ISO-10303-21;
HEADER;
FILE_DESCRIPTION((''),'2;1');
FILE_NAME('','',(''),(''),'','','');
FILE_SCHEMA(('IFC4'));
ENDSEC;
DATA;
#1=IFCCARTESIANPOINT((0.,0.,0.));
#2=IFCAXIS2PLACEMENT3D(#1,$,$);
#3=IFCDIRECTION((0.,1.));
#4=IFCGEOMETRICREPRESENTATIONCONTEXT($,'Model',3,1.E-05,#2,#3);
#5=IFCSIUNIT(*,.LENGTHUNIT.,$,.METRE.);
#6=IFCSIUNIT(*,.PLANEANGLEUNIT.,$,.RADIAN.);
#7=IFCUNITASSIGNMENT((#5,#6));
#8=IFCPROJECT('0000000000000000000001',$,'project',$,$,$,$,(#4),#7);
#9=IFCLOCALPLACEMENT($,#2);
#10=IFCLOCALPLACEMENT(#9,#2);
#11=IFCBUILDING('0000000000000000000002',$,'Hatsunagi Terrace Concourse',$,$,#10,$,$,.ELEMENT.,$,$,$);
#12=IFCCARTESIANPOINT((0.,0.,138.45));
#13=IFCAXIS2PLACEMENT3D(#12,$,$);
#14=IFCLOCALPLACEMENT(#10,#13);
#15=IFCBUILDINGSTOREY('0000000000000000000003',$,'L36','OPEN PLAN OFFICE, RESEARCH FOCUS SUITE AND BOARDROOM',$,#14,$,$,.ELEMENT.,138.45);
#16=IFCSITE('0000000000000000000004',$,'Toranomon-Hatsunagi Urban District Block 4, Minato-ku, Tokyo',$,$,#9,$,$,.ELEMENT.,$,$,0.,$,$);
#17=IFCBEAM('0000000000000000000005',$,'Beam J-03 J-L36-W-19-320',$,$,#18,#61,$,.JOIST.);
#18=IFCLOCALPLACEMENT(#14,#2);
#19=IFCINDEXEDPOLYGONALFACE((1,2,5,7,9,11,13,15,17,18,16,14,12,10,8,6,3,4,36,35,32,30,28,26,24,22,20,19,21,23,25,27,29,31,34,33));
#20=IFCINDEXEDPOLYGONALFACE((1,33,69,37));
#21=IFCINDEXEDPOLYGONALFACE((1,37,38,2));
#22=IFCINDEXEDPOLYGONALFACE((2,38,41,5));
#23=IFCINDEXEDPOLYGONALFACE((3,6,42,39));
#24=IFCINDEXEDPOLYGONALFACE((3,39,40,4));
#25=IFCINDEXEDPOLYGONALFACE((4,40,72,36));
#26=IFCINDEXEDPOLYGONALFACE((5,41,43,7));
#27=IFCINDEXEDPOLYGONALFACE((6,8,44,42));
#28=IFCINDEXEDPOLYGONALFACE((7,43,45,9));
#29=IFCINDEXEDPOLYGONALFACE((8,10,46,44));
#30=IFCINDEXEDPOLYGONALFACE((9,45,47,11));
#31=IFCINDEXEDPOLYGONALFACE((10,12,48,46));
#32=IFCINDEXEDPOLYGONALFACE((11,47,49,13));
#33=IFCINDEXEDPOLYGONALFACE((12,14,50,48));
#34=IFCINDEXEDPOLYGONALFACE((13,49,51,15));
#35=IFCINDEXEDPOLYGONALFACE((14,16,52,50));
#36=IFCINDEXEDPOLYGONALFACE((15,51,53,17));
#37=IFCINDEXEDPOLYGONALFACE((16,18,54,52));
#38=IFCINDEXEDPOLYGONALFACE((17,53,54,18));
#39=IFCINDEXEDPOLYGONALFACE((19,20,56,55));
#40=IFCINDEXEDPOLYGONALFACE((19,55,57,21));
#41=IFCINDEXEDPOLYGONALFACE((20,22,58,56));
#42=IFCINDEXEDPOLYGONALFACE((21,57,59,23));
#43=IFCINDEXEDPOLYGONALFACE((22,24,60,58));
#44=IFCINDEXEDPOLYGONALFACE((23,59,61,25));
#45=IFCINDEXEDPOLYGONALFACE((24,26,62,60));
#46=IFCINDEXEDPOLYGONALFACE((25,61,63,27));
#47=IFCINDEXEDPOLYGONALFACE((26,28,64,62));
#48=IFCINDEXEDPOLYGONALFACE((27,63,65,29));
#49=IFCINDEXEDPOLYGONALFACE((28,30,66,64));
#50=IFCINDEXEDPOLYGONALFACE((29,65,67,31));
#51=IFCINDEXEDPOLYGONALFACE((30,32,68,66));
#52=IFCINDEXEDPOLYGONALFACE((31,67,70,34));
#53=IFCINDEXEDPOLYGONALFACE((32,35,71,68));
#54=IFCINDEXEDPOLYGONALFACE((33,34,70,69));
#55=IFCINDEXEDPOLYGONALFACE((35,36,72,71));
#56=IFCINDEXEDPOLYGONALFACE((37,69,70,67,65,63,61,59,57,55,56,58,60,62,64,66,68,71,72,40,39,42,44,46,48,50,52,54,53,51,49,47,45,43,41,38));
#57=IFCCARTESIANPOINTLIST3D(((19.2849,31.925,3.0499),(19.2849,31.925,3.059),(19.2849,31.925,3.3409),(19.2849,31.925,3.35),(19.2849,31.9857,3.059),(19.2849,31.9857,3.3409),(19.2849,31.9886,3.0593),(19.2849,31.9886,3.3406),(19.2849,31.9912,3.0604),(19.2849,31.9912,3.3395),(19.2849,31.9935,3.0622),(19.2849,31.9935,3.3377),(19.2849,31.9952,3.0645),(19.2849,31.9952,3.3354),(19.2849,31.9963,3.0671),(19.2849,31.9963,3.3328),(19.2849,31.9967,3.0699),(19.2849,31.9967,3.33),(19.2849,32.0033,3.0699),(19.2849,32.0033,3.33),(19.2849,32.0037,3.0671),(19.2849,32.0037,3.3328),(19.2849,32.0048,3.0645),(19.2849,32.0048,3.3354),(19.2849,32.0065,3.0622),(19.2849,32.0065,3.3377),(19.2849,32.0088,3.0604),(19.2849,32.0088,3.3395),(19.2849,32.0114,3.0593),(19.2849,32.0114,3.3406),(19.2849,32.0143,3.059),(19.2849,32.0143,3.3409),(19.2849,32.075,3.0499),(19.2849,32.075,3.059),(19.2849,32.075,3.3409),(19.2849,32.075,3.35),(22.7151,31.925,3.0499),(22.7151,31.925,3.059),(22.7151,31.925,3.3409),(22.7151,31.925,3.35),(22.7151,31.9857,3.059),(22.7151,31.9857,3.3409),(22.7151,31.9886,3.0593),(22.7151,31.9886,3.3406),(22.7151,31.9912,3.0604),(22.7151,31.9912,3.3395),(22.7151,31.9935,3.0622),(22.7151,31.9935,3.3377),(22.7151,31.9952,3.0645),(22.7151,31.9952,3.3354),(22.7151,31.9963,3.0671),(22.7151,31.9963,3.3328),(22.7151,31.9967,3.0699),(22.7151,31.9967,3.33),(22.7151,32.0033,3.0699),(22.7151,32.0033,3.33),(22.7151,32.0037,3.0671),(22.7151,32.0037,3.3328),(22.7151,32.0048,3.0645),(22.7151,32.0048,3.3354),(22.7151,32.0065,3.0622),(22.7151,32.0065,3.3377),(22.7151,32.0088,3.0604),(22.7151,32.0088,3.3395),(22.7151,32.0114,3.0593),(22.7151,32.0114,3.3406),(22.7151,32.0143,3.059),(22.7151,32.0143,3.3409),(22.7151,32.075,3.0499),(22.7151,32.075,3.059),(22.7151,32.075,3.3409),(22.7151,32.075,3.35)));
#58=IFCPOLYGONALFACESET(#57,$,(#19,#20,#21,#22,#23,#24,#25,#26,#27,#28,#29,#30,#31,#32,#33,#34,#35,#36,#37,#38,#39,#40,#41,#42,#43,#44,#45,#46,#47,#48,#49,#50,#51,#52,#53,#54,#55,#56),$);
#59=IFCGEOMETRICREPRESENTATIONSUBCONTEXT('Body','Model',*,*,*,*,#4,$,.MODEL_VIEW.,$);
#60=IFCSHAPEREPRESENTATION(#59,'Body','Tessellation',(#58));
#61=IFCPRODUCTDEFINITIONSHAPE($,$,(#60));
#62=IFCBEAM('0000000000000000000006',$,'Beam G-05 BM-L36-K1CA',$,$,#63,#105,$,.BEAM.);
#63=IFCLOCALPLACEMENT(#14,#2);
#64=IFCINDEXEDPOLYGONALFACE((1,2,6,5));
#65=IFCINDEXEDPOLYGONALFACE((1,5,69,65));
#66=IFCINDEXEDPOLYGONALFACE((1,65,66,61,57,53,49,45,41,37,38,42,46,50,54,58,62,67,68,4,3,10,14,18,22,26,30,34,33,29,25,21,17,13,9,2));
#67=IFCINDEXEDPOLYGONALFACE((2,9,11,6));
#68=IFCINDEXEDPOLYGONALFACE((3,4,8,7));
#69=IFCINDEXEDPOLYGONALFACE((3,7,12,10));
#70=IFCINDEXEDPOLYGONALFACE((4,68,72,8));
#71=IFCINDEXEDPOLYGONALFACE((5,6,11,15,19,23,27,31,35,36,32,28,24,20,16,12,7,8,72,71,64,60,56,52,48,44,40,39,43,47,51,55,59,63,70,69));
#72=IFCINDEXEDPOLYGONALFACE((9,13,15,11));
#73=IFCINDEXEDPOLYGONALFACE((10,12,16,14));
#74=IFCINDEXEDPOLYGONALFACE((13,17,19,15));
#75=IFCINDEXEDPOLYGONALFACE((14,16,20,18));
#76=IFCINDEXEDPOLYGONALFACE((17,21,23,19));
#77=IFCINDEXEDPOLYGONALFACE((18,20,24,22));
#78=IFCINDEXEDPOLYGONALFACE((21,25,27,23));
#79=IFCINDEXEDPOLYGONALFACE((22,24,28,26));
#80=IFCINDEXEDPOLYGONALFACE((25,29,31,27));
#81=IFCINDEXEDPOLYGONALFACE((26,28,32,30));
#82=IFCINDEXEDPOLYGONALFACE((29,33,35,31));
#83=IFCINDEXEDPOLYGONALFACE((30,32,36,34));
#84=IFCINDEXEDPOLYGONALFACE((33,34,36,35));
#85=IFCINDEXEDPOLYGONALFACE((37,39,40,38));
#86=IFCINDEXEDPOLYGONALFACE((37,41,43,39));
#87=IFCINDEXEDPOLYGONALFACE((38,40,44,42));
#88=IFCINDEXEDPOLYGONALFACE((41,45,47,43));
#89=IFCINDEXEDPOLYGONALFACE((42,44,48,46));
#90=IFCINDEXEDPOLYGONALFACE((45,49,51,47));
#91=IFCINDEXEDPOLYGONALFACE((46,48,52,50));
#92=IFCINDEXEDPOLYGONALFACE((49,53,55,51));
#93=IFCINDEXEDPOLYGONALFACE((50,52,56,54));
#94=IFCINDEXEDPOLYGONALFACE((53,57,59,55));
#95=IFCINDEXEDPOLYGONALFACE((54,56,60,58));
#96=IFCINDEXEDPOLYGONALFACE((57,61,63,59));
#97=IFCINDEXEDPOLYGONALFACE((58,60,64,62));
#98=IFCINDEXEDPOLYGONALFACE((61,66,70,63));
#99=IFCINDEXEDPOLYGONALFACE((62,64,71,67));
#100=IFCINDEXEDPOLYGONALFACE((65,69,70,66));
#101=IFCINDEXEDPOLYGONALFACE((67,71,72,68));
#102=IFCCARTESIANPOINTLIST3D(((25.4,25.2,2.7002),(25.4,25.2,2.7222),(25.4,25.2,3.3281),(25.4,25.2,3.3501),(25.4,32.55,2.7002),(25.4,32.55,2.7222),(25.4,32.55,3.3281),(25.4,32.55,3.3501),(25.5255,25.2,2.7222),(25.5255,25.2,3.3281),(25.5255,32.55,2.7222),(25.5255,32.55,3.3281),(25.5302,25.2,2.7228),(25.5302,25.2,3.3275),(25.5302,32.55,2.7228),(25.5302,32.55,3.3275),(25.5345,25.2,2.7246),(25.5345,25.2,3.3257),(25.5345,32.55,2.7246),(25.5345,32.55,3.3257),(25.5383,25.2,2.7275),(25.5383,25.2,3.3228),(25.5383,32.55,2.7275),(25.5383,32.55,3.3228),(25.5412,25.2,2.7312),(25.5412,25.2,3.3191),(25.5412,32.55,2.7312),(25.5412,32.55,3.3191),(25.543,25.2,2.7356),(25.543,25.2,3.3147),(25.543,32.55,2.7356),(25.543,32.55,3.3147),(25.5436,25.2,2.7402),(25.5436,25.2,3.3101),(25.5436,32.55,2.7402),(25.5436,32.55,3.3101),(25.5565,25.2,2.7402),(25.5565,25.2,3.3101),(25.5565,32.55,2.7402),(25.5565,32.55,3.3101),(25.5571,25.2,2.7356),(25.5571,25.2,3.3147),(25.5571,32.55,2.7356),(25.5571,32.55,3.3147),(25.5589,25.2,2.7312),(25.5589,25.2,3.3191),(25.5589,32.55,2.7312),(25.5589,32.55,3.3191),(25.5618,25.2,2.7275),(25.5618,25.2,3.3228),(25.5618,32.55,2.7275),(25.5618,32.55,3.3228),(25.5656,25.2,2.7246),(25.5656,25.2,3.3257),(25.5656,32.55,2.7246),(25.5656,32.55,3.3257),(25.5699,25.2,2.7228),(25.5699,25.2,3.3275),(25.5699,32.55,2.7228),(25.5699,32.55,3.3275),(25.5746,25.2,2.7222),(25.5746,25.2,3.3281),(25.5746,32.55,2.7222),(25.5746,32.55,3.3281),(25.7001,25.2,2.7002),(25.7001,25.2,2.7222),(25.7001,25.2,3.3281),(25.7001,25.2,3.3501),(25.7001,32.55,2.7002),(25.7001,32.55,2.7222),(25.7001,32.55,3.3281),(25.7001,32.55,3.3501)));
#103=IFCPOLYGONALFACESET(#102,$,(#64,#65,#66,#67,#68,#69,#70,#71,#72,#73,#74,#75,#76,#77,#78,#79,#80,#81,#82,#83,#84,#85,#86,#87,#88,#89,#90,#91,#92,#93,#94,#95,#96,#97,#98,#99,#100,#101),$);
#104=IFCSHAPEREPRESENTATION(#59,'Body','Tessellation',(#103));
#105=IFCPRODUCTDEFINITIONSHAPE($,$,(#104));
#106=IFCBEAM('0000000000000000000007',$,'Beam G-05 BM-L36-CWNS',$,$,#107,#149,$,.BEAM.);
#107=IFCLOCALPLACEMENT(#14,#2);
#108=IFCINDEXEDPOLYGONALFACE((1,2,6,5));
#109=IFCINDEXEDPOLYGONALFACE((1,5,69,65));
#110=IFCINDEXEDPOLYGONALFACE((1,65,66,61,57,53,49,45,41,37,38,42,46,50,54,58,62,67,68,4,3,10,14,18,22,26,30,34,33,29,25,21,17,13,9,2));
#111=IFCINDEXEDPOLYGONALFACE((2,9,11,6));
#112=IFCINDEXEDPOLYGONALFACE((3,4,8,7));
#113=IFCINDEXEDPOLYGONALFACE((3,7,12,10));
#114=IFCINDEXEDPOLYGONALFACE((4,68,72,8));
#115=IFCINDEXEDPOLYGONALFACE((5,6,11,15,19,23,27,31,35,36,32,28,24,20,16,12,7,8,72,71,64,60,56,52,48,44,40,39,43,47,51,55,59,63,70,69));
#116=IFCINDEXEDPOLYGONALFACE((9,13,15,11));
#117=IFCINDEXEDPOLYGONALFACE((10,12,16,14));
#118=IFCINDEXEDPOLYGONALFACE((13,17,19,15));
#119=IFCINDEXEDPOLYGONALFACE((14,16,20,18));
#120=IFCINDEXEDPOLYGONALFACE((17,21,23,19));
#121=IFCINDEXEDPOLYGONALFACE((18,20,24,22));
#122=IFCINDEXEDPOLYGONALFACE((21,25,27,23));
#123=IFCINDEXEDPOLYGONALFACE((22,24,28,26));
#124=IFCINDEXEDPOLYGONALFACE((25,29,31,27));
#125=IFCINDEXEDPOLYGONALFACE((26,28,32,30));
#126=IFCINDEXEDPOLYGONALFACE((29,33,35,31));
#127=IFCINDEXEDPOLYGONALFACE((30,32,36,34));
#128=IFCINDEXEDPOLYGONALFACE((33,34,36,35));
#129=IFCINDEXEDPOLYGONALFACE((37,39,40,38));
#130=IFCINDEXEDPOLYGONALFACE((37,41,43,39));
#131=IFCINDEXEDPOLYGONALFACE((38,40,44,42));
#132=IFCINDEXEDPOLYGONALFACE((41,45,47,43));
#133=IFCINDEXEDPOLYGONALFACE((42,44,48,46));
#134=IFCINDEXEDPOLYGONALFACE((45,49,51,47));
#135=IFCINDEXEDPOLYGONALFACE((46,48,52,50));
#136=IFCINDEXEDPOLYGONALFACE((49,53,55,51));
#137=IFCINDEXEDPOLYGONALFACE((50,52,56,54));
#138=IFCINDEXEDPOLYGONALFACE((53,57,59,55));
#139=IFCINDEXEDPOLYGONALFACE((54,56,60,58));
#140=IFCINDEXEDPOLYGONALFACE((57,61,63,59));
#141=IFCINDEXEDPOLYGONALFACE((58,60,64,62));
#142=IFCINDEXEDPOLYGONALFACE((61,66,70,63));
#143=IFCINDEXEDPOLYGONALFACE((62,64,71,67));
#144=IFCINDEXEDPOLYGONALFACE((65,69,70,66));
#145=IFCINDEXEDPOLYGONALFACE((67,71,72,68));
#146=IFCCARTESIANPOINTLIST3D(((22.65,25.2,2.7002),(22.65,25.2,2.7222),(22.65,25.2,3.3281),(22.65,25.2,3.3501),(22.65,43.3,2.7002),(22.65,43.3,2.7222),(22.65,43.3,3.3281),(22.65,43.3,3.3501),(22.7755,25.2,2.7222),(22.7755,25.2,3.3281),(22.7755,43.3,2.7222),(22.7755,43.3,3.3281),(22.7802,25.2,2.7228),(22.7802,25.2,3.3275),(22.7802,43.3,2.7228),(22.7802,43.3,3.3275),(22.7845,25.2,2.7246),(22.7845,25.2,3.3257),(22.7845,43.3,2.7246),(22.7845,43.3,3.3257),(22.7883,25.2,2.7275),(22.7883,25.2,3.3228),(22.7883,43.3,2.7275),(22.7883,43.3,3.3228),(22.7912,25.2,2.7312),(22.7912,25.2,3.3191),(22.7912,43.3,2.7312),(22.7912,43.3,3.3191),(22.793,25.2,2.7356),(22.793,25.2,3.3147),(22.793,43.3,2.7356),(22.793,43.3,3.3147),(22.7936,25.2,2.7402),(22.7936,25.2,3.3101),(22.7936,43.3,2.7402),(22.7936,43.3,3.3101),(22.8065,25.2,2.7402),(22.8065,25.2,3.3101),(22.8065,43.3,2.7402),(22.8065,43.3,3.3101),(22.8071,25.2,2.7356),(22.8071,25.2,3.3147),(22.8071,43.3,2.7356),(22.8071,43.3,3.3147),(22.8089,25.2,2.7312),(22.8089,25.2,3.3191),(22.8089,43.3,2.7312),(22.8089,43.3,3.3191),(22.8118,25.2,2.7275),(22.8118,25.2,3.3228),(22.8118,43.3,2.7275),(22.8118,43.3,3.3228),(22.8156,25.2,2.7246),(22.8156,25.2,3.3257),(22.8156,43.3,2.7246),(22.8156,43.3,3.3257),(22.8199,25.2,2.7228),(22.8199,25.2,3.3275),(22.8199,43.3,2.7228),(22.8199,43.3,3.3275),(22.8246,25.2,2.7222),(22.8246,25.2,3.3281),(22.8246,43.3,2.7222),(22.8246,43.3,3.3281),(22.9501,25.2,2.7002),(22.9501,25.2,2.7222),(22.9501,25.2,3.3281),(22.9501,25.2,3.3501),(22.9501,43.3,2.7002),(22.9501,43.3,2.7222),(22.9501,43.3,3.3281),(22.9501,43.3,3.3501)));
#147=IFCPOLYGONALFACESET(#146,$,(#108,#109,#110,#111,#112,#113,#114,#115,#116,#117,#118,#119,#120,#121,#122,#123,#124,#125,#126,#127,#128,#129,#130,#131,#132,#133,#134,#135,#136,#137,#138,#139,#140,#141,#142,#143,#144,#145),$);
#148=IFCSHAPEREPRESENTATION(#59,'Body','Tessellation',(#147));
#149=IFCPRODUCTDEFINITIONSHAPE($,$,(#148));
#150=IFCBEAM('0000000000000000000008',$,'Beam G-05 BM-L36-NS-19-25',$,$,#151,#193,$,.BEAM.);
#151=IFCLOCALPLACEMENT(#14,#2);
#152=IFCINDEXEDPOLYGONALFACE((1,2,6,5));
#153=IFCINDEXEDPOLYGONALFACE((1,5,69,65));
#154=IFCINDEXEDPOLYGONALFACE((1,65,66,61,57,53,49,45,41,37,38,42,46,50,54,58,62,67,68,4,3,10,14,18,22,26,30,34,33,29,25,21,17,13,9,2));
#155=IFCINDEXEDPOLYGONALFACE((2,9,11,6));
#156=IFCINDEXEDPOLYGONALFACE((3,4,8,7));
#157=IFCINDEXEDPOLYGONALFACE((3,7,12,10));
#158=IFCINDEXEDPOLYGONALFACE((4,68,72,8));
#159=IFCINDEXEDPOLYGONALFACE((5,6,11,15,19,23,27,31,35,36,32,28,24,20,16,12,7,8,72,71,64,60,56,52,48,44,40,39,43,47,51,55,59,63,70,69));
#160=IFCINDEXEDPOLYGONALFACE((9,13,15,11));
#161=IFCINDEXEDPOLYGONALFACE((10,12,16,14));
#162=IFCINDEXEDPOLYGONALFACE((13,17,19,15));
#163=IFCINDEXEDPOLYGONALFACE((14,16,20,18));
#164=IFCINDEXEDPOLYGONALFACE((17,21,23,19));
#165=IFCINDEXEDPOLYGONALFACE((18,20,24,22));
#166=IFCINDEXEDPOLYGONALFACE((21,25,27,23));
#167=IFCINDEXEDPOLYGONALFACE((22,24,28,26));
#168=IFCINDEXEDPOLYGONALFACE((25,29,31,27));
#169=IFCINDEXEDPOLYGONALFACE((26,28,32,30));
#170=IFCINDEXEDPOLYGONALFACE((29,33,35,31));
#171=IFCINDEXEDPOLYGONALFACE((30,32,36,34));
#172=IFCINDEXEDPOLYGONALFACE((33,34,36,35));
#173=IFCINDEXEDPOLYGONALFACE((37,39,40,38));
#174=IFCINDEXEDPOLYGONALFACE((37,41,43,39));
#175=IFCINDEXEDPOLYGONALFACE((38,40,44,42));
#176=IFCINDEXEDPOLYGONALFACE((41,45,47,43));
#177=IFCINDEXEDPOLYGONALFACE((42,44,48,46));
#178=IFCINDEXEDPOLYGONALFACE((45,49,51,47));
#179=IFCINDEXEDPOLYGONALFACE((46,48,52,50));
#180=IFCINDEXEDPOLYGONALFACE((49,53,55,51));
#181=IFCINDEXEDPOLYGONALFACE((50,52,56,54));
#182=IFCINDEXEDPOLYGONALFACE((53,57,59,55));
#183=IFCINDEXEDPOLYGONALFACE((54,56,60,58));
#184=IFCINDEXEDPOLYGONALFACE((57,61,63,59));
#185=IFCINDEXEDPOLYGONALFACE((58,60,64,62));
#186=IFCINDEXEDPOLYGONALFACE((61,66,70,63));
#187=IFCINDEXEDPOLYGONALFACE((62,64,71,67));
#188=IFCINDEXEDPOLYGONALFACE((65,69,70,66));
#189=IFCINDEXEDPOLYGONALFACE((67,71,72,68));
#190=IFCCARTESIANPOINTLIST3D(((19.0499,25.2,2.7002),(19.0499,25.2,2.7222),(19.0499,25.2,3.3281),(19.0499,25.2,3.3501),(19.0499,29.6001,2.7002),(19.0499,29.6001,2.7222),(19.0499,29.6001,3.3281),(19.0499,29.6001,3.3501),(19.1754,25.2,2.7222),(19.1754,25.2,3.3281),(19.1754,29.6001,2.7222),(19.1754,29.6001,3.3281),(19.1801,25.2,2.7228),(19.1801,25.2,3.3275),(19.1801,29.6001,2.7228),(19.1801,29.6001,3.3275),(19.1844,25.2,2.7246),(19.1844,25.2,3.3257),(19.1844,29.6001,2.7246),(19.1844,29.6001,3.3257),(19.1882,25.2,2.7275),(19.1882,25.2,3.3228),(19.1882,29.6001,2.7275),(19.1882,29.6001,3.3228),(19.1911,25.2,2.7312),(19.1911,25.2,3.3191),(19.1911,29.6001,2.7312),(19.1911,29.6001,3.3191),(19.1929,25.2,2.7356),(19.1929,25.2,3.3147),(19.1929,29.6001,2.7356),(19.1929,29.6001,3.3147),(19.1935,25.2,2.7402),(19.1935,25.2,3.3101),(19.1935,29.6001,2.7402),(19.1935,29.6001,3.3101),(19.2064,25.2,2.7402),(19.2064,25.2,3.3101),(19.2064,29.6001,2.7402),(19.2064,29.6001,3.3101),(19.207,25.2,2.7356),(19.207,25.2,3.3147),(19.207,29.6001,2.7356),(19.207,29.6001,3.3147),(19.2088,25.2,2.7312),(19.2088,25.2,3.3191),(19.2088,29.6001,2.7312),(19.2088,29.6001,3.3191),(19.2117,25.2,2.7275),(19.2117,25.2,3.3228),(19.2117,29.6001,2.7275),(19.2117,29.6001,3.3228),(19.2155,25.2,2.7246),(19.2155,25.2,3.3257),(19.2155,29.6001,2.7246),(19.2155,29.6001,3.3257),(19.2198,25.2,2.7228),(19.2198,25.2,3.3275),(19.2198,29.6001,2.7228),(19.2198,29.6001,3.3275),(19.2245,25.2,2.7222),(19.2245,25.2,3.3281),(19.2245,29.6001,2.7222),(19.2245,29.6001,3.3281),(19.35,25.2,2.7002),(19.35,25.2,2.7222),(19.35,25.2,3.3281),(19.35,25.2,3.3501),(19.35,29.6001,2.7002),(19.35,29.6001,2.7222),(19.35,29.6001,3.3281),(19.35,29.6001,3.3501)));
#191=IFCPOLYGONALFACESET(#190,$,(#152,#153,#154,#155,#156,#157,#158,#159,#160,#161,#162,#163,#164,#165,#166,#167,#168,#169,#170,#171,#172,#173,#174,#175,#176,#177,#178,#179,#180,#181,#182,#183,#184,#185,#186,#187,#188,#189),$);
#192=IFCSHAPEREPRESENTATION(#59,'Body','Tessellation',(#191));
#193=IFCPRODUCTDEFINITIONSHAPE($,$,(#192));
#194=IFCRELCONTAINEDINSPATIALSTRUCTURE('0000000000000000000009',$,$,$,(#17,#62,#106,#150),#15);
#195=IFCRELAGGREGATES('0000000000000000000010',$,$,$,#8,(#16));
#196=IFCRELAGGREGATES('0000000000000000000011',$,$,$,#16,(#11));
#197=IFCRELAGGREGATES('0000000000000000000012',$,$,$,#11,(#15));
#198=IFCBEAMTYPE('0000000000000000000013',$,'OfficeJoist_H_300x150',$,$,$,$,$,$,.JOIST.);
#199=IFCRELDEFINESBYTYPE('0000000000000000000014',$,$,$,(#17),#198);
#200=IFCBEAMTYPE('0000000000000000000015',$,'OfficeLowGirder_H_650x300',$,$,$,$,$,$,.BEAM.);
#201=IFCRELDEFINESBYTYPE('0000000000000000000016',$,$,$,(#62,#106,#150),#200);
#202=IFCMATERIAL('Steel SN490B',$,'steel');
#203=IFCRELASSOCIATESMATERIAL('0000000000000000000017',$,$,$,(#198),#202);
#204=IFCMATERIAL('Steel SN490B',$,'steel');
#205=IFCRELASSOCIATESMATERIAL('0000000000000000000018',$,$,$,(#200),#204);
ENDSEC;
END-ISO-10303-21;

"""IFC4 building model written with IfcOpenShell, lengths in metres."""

from ifc_helpers import new_model, si_unit, direction, frame, origin, origin_2d, place, context, subcontext, project, spatial, i_section, extrude, material, material_profile, profile_set, type_object, element, save


model = new_model("IFC4")

# Units and contexts
model_context = context("Model", 3, precision=1e-05, world=origin(), true_north=direction((0.0, 1.0)))
body_context = subcontext(model_context, "Body", "Model", "MODEL_VIEW")
ifc_project = project(units=[si_unit("LENGTHUNIT", "METRE"), si_unit("PLANEANGLEUNIT", "RADIAN")], contexts=[model_context])

# Site, building, storey
site_placement = place(None, origin())
site = spatial("IfcSite", under=ifc_project, at=site_placement, Name="Toranomon-Hatsunagi Urban District Block 4, Minato-ku, Tokyo", CompositionType="ELEMENT", RefElevation=0.0)
building_placement = place(site_placement, origin())
building = spatial("IfcBuilding", under=site, at=building_placement, Name="Hatsunagi Terrace Concourse", CompositionType="ELEMENT")
storey_placement = place(building_placement, frame((0.0, 0.0, 138.45)))
storey = spatial("IfcBuildingStorey", under=building, at=storey_placement, Name="L36", Description="OPEN PLAN OFFICE, RESEARCH FOCUS SUITE AND BOARDROOM", CompositionType="ELEMENT", Elevation=138.45)

# Beams
ifc_material_1 = material(Name="Steel SN490B", Category="steel")
ifc_material_profile_1 = material_profile(ifc_material_1, i_section(OverallWidth=0.1499, OverallDepth=0.3, WebThickness=0.0066, FlangeThickness=0.009, FilletRadius=0.011, at=origin_2d()), Name="H-300x150x6.5x9")
ifc_profile_set_1 = profile_set([ifc_material_profile_1], Name="Steel SN490B")
beam_type_1 = type_object("IfcBeamType", Name="OfficeJoist_H_300x150", PredefinedType="JOIST", material=ifc_profile_set_1)
for number, where, z_axis, x_axis, name in (
    (1, (19.2849, 32.0, 3.2), (1.0, 0.0, 0.0), (0.0, 1.0, 0.0), "Beam J-03 J-L36-W-19-320"),
):
    element("IfcBeam", number, at=place(storey_placement, frame(where, z_axis=z_axis, x_axis=x_axis)), inside=storey, type_object=beam_type_1, Name=name, PredefinedType="JOIST", context=body_context, shape_type="SweptSolid", body=[
        extrude(i_section(OverallWidth=0.1499, OverallDepth=0.3, WebThickness=0.0066, FlangeThickness=0.009, FilletRadius=0.011, at=origin_2d()), origin(), (0.0, 0.0, 1.0), 3.4302),
    ])
ifc_material_2 = material(Name="Steel SN490B", Category="steel")
ifc_material_profile_2 = material_profile(ifc_material_2, i_section(OverallWidth=0.3, OverallDepth=0.6499, WebThickness=0.0129, FlangeThickness=0.022, FilletRadius=0.0181, at=origin_2d()), Name="H-650x300x13x22")
ifc_profile_set_2 = profile_set([ifc_material_profile_2], Name="Steel SN490B")
beam_type_2 = type_object("IfcBeamType", Name="OfficeLowGirder_H_650x300", PredefinedType="BEAM", material=ifc_profile_set_2)
beam_1_placement = place(storey_placement, frame((25.55, 25.2, 3.0251), z_axis=(0.0, 1.0, 0.0), x_axis=(-1.0, 0.0, 0.0)))
element("IfcBeam", 2, at=beam_1_placement, inside=storey, type_object=beam_type_2, Name="Beam G-05 BM-L36-K1CA", PredefinedType="BEAM", context=body_context, shape_type="SweptSolid", body=[
    extrude(i_section(OverallWidth=0.3, OverallDepth=0.6499, WebThickness=0.0129, FlangeThickness=0.022, FilletRadius=0.0181, at=origin_2d()), origin(), (0.0, 0.0, 1.0), 7.3501),
])
beam_2_placement = place(storey_placement, frame((22.8, 25.2, 3.0251), z_axis=(0.0, 1.0, 0.0), x_axis=(-1.0, 0.0, 0.0)))
element("IfcBeam", 3, at=beam_2_placement, inside=storey, type_object=beam_type_2, Name="Beam G-05 BM-L36-CWNS", PredefinedType="BEAM", context=body_context, shape_type="SweptSolid", body=[
    extrude(i_section(OverallWidth=0.3, OverallDepth=0.6499, WebThickness=0.0129, FlangeThickness=0.022, FilletRadius=0.0181, at=origin_2d()), origin(), (0.0, 0.0, 1.0), 18.1001),
])
beam_3_placement = place(storey_placement, frame((19.2, 25.2, 3.0251), z_axis=(0.0, 1.0, 0.0), x_axis=(-1.0, 0.0, 0.0)))
element("IfcBeam", 4, at=beam_3_placement, inside=storey, type_object=beam_type_2, Name="Beam G-05 BM-L36-NS-19-25", PredefinedType="BEAM", context=body_context, shape_type="SweptSolid", body=[
    extrude(i_section(OverallWidth=0.3, OverallDepth=0.6499, WebThickness=0.0129, FlangeThickness=0.022, FilletRadius=0.0181, at=origin_2d()), origin(), (0.0, 0.0, 1.0), 4.4001),
])

save(model, "model.ifc")
